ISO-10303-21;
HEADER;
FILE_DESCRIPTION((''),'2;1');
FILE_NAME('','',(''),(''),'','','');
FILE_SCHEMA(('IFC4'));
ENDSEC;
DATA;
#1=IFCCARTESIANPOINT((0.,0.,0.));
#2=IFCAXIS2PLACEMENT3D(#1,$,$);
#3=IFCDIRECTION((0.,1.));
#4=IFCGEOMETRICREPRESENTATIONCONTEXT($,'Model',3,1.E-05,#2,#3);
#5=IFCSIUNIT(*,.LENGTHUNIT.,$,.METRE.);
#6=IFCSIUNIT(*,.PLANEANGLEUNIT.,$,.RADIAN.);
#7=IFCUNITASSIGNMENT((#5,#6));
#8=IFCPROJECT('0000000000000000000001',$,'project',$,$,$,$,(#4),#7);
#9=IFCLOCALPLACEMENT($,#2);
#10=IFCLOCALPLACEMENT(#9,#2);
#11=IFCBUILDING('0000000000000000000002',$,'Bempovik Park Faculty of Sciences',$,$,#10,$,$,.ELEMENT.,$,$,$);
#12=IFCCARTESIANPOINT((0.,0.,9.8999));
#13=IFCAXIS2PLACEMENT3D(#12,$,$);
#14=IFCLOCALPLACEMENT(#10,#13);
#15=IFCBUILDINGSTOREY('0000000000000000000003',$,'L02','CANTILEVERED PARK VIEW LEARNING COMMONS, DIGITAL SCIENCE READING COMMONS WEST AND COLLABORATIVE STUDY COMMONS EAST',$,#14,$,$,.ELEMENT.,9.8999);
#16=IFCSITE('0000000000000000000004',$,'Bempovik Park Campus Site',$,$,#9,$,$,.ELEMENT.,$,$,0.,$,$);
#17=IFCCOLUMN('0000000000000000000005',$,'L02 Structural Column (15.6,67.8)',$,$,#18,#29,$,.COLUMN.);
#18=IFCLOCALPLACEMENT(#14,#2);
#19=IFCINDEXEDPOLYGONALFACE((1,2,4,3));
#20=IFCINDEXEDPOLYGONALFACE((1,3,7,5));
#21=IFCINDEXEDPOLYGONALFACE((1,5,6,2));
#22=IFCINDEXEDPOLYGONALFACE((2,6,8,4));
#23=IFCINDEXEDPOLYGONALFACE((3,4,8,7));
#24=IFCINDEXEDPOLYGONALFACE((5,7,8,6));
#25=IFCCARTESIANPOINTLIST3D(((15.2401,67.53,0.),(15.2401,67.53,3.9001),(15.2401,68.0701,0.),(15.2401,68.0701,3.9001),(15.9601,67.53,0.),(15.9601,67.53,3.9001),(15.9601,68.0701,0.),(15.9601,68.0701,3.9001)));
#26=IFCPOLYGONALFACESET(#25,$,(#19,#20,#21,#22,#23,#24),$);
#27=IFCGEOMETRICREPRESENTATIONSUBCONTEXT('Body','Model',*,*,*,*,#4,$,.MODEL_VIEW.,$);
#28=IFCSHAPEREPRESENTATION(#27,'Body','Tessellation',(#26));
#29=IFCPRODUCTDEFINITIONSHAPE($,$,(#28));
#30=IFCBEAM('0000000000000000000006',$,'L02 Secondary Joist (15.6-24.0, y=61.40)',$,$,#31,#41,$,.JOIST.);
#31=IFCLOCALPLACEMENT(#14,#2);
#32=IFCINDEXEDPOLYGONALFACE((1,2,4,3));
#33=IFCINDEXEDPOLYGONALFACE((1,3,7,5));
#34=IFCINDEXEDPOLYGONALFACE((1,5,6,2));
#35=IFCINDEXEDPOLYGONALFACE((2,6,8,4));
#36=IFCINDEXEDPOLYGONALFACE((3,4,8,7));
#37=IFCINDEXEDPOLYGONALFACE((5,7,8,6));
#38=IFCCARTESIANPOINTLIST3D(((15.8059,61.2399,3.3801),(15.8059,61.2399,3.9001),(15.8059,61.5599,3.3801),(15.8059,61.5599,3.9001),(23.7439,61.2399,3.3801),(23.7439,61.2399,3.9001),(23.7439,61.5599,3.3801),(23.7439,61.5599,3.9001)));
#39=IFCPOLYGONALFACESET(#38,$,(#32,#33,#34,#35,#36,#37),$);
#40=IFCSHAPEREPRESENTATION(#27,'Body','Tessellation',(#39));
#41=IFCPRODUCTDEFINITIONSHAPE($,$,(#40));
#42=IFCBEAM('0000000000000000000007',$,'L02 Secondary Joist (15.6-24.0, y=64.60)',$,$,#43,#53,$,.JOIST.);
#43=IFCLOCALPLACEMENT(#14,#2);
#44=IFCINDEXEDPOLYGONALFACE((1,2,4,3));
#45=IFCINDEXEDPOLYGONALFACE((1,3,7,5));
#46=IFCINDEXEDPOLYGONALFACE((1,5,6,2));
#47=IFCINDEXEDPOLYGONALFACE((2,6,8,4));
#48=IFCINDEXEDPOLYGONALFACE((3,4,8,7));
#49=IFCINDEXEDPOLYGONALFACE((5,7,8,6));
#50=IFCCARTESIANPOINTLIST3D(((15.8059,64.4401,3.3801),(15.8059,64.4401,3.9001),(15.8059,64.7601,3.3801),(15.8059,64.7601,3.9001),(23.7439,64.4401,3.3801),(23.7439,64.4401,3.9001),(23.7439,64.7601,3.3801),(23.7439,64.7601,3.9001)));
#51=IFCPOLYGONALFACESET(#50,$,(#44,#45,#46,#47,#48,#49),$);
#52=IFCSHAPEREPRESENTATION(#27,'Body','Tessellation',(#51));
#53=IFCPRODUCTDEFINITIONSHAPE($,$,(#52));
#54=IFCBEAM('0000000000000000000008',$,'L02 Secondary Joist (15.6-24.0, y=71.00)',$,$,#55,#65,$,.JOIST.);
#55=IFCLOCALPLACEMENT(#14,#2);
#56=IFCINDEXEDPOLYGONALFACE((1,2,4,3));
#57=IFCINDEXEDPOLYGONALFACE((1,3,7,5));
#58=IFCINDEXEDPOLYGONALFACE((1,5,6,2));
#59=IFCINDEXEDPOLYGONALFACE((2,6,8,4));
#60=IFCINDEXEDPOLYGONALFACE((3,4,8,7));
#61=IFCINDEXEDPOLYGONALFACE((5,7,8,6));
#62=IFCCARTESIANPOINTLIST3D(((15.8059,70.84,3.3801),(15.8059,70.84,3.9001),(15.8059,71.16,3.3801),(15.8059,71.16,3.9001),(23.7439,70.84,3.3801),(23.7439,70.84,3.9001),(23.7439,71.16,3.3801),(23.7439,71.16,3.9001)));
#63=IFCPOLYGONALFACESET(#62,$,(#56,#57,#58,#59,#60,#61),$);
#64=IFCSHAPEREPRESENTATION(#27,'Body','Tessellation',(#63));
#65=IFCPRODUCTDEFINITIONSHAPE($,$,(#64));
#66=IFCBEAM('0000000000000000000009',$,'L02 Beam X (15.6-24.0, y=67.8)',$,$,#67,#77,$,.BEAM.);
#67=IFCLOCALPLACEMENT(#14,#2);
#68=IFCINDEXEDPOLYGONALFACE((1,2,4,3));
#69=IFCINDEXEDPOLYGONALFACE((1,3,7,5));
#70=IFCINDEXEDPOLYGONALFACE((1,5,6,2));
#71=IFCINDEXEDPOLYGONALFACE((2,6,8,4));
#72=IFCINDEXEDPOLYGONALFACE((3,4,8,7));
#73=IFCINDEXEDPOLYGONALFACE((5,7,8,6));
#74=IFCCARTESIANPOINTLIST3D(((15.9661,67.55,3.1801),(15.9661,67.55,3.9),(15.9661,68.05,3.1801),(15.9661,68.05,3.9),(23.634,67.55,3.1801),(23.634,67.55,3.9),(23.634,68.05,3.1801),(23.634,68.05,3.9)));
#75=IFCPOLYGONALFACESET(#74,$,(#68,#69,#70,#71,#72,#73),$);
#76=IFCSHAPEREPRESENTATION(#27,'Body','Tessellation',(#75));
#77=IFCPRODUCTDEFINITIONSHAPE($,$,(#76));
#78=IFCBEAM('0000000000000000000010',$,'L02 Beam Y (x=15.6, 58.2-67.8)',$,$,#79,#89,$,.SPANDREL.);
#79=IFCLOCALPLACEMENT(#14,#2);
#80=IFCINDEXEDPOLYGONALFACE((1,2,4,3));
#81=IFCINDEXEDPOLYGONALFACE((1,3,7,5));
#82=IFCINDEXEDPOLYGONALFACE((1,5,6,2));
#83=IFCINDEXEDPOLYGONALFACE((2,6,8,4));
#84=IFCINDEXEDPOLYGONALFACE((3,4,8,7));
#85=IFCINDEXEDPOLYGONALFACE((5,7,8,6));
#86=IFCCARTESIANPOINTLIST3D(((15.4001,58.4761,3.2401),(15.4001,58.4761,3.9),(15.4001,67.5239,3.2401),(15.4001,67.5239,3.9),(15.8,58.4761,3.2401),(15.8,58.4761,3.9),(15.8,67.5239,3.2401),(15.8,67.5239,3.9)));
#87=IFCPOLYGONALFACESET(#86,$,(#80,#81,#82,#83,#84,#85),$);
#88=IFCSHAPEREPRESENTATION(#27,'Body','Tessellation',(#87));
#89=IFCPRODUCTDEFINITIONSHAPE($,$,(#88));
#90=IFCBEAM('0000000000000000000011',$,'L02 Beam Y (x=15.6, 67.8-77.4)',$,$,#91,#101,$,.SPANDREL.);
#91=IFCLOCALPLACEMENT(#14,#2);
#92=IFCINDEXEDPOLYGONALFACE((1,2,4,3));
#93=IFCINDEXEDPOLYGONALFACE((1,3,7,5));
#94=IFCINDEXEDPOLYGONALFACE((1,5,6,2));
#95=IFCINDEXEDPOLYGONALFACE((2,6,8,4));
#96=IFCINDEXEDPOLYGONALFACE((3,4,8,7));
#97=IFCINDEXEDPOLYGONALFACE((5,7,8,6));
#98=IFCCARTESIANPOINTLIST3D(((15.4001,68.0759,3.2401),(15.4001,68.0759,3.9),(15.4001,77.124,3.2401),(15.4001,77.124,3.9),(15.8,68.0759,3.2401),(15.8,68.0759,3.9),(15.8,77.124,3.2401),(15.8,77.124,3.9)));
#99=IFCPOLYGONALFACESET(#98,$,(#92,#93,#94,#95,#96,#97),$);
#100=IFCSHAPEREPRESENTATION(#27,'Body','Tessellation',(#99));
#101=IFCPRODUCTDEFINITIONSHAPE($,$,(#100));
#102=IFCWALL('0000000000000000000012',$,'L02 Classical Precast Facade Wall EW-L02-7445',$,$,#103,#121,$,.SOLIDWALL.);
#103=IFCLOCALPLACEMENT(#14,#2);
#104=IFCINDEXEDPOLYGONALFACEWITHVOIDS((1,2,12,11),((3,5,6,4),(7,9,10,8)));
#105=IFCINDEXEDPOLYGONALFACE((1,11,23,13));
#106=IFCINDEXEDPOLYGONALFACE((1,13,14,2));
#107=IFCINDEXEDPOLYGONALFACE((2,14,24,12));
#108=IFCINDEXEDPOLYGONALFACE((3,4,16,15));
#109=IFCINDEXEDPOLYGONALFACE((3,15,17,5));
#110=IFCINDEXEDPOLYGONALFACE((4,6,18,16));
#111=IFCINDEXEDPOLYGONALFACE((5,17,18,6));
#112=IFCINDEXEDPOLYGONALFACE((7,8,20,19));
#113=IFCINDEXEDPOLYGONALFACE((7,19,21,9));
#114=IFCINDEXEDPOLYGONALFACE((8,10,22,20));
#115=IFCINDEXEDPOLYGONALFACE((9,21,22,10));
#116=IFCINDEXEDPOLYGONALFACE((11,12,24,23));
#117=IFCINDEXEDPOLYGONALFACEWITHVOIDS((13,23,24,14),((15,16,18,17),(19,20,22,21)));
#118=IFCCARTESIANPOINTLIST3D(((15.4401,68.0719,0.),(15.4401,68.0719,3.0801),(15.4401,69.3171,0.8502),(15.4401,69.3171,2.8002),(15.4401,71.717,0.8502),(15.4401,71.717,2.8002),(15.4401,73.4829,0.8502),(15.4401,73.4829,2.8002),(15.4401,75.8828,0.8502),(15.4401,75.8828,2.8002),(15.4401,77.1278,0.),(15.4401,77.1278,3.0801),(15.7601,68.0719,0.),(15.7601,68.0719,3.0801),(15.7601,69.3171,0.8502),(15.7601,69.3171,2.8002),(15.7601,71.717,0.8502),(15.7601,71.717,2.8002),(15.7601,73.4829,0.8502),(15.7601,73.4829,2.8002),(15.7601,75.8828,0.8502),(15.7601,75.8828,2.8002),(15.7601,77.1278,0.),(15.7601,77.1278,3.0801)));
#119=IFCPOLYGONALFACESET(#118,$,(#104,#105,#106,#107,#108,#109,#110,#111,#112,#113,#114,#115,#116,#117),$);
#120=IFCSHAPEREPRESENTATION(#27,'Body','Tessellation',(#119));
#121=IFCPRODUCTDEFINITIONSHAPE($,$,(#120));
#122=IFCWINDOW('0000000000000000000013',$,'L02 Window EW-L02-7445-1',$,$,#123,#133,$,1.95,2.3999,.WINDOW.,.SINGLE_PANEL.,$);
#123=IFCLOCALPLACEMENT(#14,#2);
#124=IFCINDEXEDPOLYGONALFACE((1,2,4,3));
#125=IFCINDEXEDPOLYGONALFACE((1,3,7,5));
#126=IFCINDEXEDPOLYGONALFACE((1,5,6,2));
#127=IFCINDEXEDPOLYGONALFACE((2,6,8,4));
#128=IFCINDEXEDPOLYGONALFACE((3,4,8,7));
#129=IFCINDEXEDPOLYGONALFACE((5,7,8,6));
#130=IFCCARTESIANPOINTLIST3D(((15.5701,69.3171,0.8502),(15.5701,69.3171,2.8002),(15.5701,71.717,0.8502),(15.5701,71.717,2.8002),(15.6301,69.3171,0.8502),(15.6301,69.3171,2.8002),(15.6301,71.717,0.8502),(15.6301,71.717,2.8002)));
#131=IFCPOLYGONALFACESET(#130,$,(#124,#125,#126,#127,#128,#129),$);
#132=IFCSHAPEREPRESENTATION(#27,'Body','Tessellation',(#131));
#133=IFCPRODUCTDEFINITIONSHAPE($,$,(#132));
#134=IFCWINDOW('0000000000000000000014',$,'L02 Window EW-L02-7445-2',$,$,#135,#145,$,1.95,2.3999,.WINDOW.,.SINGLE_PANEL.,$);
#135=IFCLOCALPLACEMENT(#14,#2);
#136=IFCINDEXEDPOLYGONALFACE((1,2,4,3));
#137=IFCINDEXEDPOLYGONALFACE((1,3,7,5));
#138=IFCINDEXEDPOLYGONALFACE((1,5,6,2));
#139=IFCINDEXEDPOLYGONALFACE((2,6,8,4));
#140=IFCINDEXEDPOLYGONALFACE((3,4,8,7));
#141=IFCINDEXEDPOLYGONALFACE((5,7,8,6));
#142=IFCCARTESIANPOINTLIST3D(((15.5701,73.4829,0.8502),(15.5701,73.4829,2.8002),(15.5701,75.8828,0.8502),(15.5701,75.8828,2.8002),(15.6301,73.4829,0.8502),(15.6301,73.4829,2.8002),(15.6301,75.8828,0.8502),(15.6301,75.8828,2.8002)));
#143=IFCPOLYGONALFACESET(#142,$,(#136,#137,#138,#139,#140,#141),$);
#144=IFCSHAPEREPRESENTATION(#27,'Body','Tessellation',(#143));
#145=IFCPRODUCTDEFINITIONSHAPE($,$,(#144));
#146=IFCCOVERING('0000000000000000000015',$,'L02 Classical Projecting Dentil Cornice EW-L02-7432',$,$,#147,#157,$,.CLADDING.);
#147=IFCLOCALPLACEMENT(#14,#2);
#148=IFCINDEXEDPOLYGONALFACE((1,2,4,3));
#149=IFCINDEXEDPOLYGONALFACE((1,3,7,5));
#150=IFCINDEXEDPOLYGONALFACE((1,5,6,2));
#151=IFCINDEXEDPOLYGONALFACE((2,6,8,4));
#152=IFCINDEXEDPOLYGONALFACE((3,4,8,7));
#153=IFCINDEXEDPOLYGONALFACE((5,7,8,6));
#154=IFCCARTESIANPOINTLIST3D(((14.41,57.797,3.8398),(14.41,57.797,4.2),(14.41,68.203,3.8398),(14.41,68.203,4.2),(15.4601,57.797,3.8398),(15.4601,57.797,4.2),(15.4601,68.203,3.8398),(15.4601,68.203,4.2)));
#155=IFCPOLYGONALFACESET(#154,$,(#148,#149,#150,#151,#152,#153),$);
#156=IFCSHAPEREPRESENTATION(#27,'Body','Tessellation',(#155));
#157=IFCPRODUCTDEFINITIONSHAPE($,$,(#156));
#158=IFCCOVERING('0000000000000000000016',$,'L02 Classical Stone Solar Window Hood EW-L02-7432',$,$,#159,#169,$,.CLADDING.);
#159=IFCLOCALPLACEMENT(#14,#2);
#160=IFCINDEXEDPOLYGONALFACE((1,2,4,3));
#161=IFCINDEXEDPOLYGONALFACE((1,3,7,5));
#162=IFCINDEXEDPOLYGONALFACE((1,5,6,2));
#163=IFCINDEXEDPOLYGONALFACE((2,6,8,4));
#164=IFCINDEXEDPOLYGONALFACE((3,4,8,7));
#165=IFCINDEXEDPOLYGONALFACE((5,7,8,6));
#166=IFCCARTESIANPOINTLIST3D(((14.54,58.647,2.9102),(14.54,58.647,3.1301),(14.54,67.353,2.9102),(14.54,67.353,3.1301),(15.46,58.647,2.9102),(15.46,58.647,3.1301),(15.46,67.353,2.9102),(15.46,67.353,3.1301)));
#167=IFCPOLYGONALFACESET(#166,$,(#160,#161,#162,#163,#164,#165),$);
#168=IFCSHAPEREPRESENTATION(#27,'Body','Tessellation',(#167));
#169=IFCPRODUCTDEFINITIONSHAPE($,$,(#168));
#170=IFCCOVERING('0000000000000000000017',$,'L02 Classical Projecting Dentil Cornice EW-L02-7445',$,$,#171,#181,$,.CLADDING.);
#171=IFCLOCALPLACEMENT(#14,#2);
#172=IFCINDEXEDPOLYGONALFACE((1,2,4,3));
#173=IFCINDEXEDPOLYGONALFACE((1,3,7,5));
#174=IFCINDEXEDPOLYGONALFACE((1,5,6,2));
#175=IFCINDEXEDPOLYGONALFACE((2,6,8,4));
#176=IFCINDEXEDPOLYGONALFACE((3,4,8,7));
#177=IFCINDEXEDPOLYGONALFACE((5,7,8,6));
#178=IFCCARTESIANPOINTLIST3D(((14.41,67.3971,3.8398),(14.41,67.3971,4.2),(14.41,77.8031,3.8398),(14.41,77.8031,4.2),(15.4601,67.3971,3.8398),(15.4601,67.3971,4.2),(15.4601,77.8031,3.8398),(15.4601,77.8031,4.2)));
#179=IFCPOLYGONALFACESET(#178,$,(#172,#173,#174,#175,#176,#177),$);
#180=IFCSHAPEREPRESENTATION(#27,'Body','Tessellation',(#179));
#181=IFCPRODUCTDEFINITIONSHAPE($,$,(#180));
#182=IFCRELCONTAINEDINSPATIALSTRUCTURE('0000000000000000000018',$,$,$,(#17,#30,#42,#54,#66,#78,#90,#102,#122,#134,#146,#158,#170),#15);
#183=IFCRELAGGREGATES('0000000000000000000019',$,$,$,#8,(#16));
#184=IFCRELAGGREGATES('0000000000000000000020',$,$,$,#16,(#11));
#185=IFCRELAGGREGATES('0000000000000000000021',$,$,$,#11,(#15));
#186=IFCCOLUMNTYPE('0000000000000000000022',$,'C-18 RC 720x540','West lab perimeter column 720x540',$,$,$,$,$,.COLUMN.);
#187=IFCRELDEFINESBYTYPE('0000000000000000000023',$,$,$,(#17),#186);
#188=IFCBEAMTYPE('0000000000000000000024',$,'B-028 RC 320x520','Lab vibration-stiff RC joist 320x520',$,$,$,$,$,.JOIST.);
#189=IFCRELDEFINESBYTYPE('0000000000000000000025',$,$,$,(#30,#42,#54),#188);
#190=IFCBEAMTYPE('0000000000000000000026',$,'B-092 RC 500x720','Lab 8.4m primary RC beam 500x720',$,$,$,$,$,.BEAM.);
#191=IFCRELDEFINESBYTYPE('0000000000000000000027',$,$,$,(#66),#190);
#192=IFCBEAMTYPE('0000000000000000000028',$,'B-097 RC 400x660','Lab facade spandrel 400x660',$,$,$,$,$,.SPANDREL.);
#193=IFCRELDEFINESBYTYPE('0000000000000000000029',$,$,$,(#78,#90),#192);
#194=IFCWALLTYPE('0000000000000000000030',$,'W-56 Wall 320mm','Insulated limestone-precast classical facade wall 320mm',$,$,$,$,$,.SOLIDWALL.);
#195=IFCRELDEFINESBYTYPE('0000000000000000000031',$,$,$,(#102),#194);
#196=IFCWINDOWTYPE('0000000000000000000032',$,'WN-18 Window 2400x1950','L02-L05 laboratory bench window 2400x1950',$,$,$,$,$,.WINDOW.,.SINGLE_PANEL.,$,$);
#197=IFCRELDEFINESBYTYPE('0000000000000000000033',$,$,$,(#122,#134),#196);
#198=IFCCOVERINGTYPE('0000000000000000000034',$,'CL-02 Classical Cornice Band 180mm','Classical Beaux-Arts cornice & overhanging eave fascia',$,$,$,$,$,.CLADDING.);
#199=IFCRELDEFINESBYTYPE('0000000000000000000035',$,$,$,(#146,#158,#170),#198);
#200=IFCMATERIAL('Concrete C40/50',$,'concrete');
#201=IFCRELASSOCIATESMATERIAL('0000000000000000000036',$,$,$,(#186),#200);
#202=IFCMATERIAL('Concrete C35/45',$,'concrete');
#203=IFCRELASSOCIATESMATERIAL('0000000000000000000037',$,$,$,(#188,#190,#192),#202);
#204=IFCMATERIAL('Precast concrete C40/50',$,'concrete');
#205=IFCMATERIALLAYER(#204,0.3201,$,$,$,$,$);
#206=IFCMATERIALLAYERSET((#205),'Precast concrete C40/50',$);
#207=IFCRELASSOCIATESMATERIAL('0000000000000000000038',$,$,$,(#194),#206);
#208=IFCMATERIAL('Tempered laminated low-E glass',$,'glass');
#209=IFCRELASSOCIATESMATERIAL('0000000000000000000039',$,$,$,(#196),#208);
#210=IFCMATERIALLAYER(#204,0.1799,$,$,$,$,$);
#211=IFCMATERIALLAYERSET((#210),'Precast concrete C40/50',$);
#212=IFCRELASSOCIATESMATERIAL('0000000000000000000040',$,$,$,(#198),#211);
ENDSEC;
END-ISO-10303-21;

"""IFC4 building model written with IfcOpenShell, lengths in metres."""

from ifc_helpers import new_model, si_unit, direction, frame, frame_2d, origin, origin_2d, place, context, subcontext, project, spatial, rectangle, extrude, material, layer, layer_set, material_profile, profile_set, type_object, element, fill, save


model = new_model("IFC4")

# Units and contexts
model_context = context("Model", 3, precision=1e-05, world=origin(), true_north=direction((0.0, 1.0)))
body_context = subcontext(model_context, "Body", "Model", "MODEL_VIEW")
ifc_project = project(units=[si_unit("LENGTHUNIT", "METRE"), si_unit("PLANEANGLEUNIT", "RADIAN")], contexts=[model_context])

# Site, building, storey
site_placement = place(None, origin())
site = spatial("IfcSite", under=ifc_project, at=site_placement, Name="Bempovik Park Campus Site", CompositionType="ELEMENT", RefElevation=0.0)
building_placement = place(site_placement, origin())
building = spatial("IfcBuilding", under=site, at=building_placement, Name="Bempovik Park Faculty of Sciences", CompositionType="ELEMENT")
storey_placement = place(building_placement, frame((0.0, 0.0, 9.8999)))
storey = spatial("IfcBuildingStorey", under=building, at=storey_placement, Name="L02", Description="CANTILEVERED PARK VIEW LEARNING COMMONS, DIGITAL SCIENCE READING COMMONS WEST AND COLLABORATIVE STUDY COMMONS EAST", CompositionType="ELEMENT", Elevation=9.8999)

# Column
ifc_material_1 = material(Name="Concrete C40/50", Category="concrete")
ifc_material_profile_1 = material_profile(ifc_material_1, rectangle(XDim=0.72, YDim=0.54, at=origin_2d()), Name="RC 720x540")
ifc_profile_set_1 = profile_set([ifc_material_profile_1], Name="Concrete C40/50")
column_type = type_object("IfcColumnType", Name="C-18 RC 720x540", Description="West lab perimeter column 720x540", PredefinedType="COLUMN", material=ifc_profile_set_1)
column_placement = place(storey_placement, frame((15.6001, 67.8, 0.0), z_axis=(0.0, 0.0, 1.0), x_axis=(1.0, 0.0, 0.0)))
element("IfcColumn", 1, at=column_placement, inside=storey, type_object=column_type, Name="L02 Structural Column (15.6,67.8)", PredefinedType="COLUMN", context=body_context, shape_type="SweptSolid", body=[
    extrude(rectangle(XDim=0.72, YDim=0.54, at=origin_2d()), origin(), (0.0, 0.0, 1.0), 3.9001),
])

# Beams
ifc_material_2 = material(Name="Concrete C35/45", Category="concrete")
ifc_material_profile_2 = material_profile(ifc_material_2, rectangle(XDim=0.3201, YDim=0.52, at=origin_2d()), Name="RC 320x520")
ifc_profile_set_2 = profile_set([ifc_material_profile_2], Name="Concrete C35/45")
beam_type_1 = type_object("IfcBeamType", Name="B-028 RC 320x520", Description="Lab vibration-stiff RC joist 320x520", PredefinedType="JOIST", material=ifc_profile_set_2)
for number, where, z_axis, x_axis, name in (
    (2, (15.8059, 61.3999, 3.6401), (1.0, 0.0, 0.0), (0.0, 1.0, 0.0), "L02 Secondary Joist (15.6-24.0, y=61.40)"),
    (3, (15.8059, 64.6001, 3.6401), (1.0, 0.0, 0.0), (0.0, 1.0, 0.0), "L02 Secondary Joist (15.6-24.0, y=64.60)"),
    (4, (15.8059, 71.0, 3.6401), (1.0, 0.0, 0.0), (0.0, 1.0, 0.0), "L02 Secondary Joist (15.6-24.0, y=71.00)"),
):
    element("IfcBeam", number, at=place(storey_placement, frame(where, z_axis=z_axis, x_axis=x_axis)), inside=storey, type_object=beam_type_1, Name=name, PredefinedType="JOIST", context=body_context, shape_type="SweptSolid", body=[
        extrude(rectangle(XDim=0.3201, YDim=0.52, at=origin_2d()), origin(), (0.0, 0.0, 1.0), 7.938),
    ])
ifc_material_profile_3 = material_profile(ifc_material_2, rectangle(XDim=0.5, YDim=0.72, at=origin_2d()), Name="RC 500x720")
ifc_profile_set_3 = profile_set([ifc_material_profile_3], Name="Concrete C35/45")
beam_type_2 = type_object("IfcBeamType", Name="B-092 RC 500x720", Description="Lab 8.4m primary RC beam 500x720", PredefinedType="BEAM", material=ifc_profile_set_3)
beam_1_placement = place(storey_placement, frame((15.9661, 67.8, 3.54), z_axis=(1.0, 0.0, 0.0), x_axis=(0.0, 1.0, 0.0)))
element("IfcBeam", 5, at=beam_1_placement, inside=storey, type_object=beam_type_2, Name="L02 Beam X (15.6-24.0, y=67.8)", PredefinedType="BEAM", context=body_context, shape_type="SweptSolid", body=[
    extrude(rectangle(XDim=0.5, YDim=0.72, at=origin_2d()), origin(), (0.0, 0.0, 1.0), 7.668),
])
ifc_material_profile_4 = material_profile(ifc_material_2, rectangle(XDim=0.3999, YDim=0.6599, at=origin_2d()), Name="RC 400x660")
ifc_profile_set_4 = profile_set([ifc_material_profile_4], Name="Concrete C35/45")
beam_type_3 = type_object("IfcBeamType", Name="B-097 RC 400x660", Description="Lab facade spandrel 400x660", PredefinedType="SPANDREL", material=ifc_profile_set_4)
beam_2_placement = place(storey_placement, frame((15.6001, 58.4761, 3.5701), z_axis=(0.0, 1.0, 0.0), x_axis=(-1.0, 0.0, 0.0)))
element("IfcBeam", 6, at=beam_2_placement, inside=storey, type_object=beam_type_3, Name="L02 Beam Y (x=15.6, 58.2-67.8)", PredefinedType="SPANDREL", context=body_context, shape_type="SweptSolid", body=[
    extrude(rectangle(XDim=0.3999, YDim=0.6599, at=origin_2d()), origin(), (0.0, 0.0, 1.0), 9.0479),
])
beam_3_placement = place(storey_placement, frame((15.6001, 68.0759, 3.5701), z_axis=(0.0, 1.0, 0.0), x_axis=(-1.0, 0.0, 0.0)))
element("IfcBeam", 7, at=beam_3_placement, inside=storey, type_object=beam_type_3, Name="L02 Beam Y (x=15.6, 67.8-77.4)", PredefinedType="SPANDREL", context=body_context, shape_type="SweptSolid", body=[
    extrude(rectangle(XDim=0.3999, YDim=0.6599, at=origin_2d()), origin(), (0.0, 0.0, 1.0), 9.0481),
])

# Wall, openings, windows
ifc_material_3 = material(Name="Precast concrete C40/50", Category="concrete")
ifc_layer_1 = layer(ifc_material_3, 0.3201)
ifc_layer_set_1 = layer_set([ifc_layer_1], Name="Precast concrete C40/50")
wall_type = type_object("IfcWallType", Name="W-56 Wall 320mm", Description="Insulated limestone-precast classical facade wall 320mm", PredefinedType="SOLIDWALL", material=ifc_layer_set_1)
wall_placement = place(storey_placement, frame((15.6001, 68.072, 0.0), z_axis=(0.0, 0.0, 1.0), x_axis=(0.0, 1.0, 0.0)))
wall = element("IfcWall", 8, at=wall_placement, inside=storey, type_object=wall_type, Name="L02 Classical Precast Facade Wall EW-L02-7445", PredefinedType="SOLIDWALL", context=body_context, shape_type="SweptSolid", body=[
    extrude(rectangle(XDim=9.0559, YDim=0.3201, at=frame_2d((4.5278, 0.0))), origin(), (0.0, 0.0, 1.0), 3.0801),
])
opening_1_placement = place(wall_placement, frame((1.2451, 0.0, 0.8501)))
opening_1 = element("IfcOpeningElement", 9, at=opening_1_placement, cuts=wall, PredefinedType="OPENING", context=body_context, shape_type="SweptSolid", body=[
    extrude(rectangle(XDim=2.3999, YDim=1.95, at=frame_2d((1.2, 0.9751))), frame((0.0, 0.1699, 0.0), z_axis=(0.0, -1.0, 0.0), x_axis=(1.0, 0.0, 0.0)), (0.0, 0.0, 1.0), 0.3401),
])
opening_2_placement = place(wall_placement, frame((5.4109, 0.0, 0.8501)))
opening_2 = element("IfcOpeningElement", 10, at=opening_2_placement, cuts=wall, PredefinedType="OPENING", context=body_context, shape_type="SweptSolid", body=[
    extrude(rectangle(XDim=2.3999, YDim=1.95, at=frame_2d((1.2, 0.9751))), frame((0.0, 0.1699, 0.0), z_axis=(0.0, -1.0, 0.0), x_axis=(1.0, 0.0, 0.0)), (0.0, 0.0, 1.0), 0.3401),
])
ifc_material_4 = material(Name="Tempered laminated low-E glass", Category="glass")
window_type = type_object("IfcWindowType", Name="WN-18 Window 2400x1950", Description="L02-L05 laboratory bench window 2400x1950", PartitioningType="SINGLE_PANEL", PredefinedType="WINDOW", material=ifc_material_4)
window_1_placement = place(opening_1_placement, origin())
window_1 = element("IfcWindow", 11, at=window_1_placement, inside=storey, type_object=window_type, Name="L02 Window EW-L02-7445-1", OverallHeight=1.95, OverallWidth=2.3999, PartitioningType="SINGLE_PANEL", PredefinedType="WINDOW", context=body_context, shape_type="SweptSolid", body=[
    extrude(rectangle(XDim=2.3999, YDim=1.95, at=frame_2d((1.2, 0.9751))), frame((0.0, 0.03, 0.0), z_axis=(0.0, -1.0, 0.0), x_axis=(1.0, 0.0, 0.0)), (0.0, 0.0, 1.0), 0.0601),
])
fill(opening_1, window_1)
window_2_placement = place(opening_2_placement, origin())
window_2 = element("IfcWindow", 12, at=window_2_placement, inside=storey, type_object=window_type, Name="L02 Window EW-L02-7445-2", OverallHeight=1.95, OverallWidth=2.3999, PartitioningType="SINGLE_PANEL", PredefinedType="WINDOW", context=body_context, shape_type="SweptSolid", body=[
    extrude(rectangle(XDim=2.3999, YDim=1.95, at=frame_2d((1.2, 0.9751))), frame((0.0, 0.03, 0.0), z_axis=(0.0, -1.0, 0.0), x_axis=(1.0, 0.0, 0.0)), (0.0, 0.0, 1.0), 0.0601),
])
fill(opening_2, window_2)

# Coverings
ifc_layer_2 = layer(ifc_material_3, 0.1799)
ifc_layer_set_2 = layer_set([ifc_layer_2], Name="Precast concrete C40/50")
covering_type_1 = type_object("IfcCoveringType", Name="CL-02 Classical Cornice Band 180mm", Description="Classical Beaux-Arts cornice & overhanging eave fascia", PredefinedType="CLADDING", material=ifc_layer_set_2)
covering_1_placement = place(storey_placement, frame((14.9351, 63.0, 3.8398), z_axis=(0.0, 0.0, 1.0), x_axis=(1.0, 0.0, 0.0)))
element("IfcCovering", 13, at=covering_1_placement, inside=storey, type_object=covering_type_1, Name="L02 Classical Projecting Dentil Cornice EW-L02-7432", PredefinedType="CLADDING", context=body_context, shape_type="SweptSolid", body=[
    extrude(rectangle(XDim=1.05, YDim=10.406, at=origin_2d()), origin(), (0.0, 0.0, 1.0), 0.3601),
])
covering_2_placement = place(storey_placement, frame((15.0, 63.0, 2.9102), z_axis=(0.0, 0.0, 1.0), x_axis=(1.0, 0.0, 0.0)))
element("IfcCovering", 14, at=covering_2_placement, inside=storey, type_object=covering_type_1, Name="L02 Classical Stone Solar Window Hood EW-L02-7432", PredefinedType="CLADDING", context=body_context, shape_type="SweptSolid", body=[
    extrude(rectangle(XDim=0.9199, YDim=8.7061, at=origin_2d()), origin(), (0.0, 0.0, 1.0), 0.22),
])
covering_3_placement = place(storey_placement, frame((14.9351, 72.6001, 3.8398), z_axis=(0.0, 0.0, 1.0), x_axis=(1.0, 0.0, 0.0)))
element("IfcCovering", 15, at=covering_3_placement, inside=storey, type_object=covering_type_1, Name="L02 Classical Projecting Dentil Cornice EW-L02-7445", PredefinedType="CLADDING", context=body_context, shape_type="SweptSolid", body=[
    extrude(rectangle(XDim=1.05, YDim=10.406, at=origin_2d()), origin(), (0.0, 0.0, 1.0), 0.3601),
])

save(model, "model.ifc")
